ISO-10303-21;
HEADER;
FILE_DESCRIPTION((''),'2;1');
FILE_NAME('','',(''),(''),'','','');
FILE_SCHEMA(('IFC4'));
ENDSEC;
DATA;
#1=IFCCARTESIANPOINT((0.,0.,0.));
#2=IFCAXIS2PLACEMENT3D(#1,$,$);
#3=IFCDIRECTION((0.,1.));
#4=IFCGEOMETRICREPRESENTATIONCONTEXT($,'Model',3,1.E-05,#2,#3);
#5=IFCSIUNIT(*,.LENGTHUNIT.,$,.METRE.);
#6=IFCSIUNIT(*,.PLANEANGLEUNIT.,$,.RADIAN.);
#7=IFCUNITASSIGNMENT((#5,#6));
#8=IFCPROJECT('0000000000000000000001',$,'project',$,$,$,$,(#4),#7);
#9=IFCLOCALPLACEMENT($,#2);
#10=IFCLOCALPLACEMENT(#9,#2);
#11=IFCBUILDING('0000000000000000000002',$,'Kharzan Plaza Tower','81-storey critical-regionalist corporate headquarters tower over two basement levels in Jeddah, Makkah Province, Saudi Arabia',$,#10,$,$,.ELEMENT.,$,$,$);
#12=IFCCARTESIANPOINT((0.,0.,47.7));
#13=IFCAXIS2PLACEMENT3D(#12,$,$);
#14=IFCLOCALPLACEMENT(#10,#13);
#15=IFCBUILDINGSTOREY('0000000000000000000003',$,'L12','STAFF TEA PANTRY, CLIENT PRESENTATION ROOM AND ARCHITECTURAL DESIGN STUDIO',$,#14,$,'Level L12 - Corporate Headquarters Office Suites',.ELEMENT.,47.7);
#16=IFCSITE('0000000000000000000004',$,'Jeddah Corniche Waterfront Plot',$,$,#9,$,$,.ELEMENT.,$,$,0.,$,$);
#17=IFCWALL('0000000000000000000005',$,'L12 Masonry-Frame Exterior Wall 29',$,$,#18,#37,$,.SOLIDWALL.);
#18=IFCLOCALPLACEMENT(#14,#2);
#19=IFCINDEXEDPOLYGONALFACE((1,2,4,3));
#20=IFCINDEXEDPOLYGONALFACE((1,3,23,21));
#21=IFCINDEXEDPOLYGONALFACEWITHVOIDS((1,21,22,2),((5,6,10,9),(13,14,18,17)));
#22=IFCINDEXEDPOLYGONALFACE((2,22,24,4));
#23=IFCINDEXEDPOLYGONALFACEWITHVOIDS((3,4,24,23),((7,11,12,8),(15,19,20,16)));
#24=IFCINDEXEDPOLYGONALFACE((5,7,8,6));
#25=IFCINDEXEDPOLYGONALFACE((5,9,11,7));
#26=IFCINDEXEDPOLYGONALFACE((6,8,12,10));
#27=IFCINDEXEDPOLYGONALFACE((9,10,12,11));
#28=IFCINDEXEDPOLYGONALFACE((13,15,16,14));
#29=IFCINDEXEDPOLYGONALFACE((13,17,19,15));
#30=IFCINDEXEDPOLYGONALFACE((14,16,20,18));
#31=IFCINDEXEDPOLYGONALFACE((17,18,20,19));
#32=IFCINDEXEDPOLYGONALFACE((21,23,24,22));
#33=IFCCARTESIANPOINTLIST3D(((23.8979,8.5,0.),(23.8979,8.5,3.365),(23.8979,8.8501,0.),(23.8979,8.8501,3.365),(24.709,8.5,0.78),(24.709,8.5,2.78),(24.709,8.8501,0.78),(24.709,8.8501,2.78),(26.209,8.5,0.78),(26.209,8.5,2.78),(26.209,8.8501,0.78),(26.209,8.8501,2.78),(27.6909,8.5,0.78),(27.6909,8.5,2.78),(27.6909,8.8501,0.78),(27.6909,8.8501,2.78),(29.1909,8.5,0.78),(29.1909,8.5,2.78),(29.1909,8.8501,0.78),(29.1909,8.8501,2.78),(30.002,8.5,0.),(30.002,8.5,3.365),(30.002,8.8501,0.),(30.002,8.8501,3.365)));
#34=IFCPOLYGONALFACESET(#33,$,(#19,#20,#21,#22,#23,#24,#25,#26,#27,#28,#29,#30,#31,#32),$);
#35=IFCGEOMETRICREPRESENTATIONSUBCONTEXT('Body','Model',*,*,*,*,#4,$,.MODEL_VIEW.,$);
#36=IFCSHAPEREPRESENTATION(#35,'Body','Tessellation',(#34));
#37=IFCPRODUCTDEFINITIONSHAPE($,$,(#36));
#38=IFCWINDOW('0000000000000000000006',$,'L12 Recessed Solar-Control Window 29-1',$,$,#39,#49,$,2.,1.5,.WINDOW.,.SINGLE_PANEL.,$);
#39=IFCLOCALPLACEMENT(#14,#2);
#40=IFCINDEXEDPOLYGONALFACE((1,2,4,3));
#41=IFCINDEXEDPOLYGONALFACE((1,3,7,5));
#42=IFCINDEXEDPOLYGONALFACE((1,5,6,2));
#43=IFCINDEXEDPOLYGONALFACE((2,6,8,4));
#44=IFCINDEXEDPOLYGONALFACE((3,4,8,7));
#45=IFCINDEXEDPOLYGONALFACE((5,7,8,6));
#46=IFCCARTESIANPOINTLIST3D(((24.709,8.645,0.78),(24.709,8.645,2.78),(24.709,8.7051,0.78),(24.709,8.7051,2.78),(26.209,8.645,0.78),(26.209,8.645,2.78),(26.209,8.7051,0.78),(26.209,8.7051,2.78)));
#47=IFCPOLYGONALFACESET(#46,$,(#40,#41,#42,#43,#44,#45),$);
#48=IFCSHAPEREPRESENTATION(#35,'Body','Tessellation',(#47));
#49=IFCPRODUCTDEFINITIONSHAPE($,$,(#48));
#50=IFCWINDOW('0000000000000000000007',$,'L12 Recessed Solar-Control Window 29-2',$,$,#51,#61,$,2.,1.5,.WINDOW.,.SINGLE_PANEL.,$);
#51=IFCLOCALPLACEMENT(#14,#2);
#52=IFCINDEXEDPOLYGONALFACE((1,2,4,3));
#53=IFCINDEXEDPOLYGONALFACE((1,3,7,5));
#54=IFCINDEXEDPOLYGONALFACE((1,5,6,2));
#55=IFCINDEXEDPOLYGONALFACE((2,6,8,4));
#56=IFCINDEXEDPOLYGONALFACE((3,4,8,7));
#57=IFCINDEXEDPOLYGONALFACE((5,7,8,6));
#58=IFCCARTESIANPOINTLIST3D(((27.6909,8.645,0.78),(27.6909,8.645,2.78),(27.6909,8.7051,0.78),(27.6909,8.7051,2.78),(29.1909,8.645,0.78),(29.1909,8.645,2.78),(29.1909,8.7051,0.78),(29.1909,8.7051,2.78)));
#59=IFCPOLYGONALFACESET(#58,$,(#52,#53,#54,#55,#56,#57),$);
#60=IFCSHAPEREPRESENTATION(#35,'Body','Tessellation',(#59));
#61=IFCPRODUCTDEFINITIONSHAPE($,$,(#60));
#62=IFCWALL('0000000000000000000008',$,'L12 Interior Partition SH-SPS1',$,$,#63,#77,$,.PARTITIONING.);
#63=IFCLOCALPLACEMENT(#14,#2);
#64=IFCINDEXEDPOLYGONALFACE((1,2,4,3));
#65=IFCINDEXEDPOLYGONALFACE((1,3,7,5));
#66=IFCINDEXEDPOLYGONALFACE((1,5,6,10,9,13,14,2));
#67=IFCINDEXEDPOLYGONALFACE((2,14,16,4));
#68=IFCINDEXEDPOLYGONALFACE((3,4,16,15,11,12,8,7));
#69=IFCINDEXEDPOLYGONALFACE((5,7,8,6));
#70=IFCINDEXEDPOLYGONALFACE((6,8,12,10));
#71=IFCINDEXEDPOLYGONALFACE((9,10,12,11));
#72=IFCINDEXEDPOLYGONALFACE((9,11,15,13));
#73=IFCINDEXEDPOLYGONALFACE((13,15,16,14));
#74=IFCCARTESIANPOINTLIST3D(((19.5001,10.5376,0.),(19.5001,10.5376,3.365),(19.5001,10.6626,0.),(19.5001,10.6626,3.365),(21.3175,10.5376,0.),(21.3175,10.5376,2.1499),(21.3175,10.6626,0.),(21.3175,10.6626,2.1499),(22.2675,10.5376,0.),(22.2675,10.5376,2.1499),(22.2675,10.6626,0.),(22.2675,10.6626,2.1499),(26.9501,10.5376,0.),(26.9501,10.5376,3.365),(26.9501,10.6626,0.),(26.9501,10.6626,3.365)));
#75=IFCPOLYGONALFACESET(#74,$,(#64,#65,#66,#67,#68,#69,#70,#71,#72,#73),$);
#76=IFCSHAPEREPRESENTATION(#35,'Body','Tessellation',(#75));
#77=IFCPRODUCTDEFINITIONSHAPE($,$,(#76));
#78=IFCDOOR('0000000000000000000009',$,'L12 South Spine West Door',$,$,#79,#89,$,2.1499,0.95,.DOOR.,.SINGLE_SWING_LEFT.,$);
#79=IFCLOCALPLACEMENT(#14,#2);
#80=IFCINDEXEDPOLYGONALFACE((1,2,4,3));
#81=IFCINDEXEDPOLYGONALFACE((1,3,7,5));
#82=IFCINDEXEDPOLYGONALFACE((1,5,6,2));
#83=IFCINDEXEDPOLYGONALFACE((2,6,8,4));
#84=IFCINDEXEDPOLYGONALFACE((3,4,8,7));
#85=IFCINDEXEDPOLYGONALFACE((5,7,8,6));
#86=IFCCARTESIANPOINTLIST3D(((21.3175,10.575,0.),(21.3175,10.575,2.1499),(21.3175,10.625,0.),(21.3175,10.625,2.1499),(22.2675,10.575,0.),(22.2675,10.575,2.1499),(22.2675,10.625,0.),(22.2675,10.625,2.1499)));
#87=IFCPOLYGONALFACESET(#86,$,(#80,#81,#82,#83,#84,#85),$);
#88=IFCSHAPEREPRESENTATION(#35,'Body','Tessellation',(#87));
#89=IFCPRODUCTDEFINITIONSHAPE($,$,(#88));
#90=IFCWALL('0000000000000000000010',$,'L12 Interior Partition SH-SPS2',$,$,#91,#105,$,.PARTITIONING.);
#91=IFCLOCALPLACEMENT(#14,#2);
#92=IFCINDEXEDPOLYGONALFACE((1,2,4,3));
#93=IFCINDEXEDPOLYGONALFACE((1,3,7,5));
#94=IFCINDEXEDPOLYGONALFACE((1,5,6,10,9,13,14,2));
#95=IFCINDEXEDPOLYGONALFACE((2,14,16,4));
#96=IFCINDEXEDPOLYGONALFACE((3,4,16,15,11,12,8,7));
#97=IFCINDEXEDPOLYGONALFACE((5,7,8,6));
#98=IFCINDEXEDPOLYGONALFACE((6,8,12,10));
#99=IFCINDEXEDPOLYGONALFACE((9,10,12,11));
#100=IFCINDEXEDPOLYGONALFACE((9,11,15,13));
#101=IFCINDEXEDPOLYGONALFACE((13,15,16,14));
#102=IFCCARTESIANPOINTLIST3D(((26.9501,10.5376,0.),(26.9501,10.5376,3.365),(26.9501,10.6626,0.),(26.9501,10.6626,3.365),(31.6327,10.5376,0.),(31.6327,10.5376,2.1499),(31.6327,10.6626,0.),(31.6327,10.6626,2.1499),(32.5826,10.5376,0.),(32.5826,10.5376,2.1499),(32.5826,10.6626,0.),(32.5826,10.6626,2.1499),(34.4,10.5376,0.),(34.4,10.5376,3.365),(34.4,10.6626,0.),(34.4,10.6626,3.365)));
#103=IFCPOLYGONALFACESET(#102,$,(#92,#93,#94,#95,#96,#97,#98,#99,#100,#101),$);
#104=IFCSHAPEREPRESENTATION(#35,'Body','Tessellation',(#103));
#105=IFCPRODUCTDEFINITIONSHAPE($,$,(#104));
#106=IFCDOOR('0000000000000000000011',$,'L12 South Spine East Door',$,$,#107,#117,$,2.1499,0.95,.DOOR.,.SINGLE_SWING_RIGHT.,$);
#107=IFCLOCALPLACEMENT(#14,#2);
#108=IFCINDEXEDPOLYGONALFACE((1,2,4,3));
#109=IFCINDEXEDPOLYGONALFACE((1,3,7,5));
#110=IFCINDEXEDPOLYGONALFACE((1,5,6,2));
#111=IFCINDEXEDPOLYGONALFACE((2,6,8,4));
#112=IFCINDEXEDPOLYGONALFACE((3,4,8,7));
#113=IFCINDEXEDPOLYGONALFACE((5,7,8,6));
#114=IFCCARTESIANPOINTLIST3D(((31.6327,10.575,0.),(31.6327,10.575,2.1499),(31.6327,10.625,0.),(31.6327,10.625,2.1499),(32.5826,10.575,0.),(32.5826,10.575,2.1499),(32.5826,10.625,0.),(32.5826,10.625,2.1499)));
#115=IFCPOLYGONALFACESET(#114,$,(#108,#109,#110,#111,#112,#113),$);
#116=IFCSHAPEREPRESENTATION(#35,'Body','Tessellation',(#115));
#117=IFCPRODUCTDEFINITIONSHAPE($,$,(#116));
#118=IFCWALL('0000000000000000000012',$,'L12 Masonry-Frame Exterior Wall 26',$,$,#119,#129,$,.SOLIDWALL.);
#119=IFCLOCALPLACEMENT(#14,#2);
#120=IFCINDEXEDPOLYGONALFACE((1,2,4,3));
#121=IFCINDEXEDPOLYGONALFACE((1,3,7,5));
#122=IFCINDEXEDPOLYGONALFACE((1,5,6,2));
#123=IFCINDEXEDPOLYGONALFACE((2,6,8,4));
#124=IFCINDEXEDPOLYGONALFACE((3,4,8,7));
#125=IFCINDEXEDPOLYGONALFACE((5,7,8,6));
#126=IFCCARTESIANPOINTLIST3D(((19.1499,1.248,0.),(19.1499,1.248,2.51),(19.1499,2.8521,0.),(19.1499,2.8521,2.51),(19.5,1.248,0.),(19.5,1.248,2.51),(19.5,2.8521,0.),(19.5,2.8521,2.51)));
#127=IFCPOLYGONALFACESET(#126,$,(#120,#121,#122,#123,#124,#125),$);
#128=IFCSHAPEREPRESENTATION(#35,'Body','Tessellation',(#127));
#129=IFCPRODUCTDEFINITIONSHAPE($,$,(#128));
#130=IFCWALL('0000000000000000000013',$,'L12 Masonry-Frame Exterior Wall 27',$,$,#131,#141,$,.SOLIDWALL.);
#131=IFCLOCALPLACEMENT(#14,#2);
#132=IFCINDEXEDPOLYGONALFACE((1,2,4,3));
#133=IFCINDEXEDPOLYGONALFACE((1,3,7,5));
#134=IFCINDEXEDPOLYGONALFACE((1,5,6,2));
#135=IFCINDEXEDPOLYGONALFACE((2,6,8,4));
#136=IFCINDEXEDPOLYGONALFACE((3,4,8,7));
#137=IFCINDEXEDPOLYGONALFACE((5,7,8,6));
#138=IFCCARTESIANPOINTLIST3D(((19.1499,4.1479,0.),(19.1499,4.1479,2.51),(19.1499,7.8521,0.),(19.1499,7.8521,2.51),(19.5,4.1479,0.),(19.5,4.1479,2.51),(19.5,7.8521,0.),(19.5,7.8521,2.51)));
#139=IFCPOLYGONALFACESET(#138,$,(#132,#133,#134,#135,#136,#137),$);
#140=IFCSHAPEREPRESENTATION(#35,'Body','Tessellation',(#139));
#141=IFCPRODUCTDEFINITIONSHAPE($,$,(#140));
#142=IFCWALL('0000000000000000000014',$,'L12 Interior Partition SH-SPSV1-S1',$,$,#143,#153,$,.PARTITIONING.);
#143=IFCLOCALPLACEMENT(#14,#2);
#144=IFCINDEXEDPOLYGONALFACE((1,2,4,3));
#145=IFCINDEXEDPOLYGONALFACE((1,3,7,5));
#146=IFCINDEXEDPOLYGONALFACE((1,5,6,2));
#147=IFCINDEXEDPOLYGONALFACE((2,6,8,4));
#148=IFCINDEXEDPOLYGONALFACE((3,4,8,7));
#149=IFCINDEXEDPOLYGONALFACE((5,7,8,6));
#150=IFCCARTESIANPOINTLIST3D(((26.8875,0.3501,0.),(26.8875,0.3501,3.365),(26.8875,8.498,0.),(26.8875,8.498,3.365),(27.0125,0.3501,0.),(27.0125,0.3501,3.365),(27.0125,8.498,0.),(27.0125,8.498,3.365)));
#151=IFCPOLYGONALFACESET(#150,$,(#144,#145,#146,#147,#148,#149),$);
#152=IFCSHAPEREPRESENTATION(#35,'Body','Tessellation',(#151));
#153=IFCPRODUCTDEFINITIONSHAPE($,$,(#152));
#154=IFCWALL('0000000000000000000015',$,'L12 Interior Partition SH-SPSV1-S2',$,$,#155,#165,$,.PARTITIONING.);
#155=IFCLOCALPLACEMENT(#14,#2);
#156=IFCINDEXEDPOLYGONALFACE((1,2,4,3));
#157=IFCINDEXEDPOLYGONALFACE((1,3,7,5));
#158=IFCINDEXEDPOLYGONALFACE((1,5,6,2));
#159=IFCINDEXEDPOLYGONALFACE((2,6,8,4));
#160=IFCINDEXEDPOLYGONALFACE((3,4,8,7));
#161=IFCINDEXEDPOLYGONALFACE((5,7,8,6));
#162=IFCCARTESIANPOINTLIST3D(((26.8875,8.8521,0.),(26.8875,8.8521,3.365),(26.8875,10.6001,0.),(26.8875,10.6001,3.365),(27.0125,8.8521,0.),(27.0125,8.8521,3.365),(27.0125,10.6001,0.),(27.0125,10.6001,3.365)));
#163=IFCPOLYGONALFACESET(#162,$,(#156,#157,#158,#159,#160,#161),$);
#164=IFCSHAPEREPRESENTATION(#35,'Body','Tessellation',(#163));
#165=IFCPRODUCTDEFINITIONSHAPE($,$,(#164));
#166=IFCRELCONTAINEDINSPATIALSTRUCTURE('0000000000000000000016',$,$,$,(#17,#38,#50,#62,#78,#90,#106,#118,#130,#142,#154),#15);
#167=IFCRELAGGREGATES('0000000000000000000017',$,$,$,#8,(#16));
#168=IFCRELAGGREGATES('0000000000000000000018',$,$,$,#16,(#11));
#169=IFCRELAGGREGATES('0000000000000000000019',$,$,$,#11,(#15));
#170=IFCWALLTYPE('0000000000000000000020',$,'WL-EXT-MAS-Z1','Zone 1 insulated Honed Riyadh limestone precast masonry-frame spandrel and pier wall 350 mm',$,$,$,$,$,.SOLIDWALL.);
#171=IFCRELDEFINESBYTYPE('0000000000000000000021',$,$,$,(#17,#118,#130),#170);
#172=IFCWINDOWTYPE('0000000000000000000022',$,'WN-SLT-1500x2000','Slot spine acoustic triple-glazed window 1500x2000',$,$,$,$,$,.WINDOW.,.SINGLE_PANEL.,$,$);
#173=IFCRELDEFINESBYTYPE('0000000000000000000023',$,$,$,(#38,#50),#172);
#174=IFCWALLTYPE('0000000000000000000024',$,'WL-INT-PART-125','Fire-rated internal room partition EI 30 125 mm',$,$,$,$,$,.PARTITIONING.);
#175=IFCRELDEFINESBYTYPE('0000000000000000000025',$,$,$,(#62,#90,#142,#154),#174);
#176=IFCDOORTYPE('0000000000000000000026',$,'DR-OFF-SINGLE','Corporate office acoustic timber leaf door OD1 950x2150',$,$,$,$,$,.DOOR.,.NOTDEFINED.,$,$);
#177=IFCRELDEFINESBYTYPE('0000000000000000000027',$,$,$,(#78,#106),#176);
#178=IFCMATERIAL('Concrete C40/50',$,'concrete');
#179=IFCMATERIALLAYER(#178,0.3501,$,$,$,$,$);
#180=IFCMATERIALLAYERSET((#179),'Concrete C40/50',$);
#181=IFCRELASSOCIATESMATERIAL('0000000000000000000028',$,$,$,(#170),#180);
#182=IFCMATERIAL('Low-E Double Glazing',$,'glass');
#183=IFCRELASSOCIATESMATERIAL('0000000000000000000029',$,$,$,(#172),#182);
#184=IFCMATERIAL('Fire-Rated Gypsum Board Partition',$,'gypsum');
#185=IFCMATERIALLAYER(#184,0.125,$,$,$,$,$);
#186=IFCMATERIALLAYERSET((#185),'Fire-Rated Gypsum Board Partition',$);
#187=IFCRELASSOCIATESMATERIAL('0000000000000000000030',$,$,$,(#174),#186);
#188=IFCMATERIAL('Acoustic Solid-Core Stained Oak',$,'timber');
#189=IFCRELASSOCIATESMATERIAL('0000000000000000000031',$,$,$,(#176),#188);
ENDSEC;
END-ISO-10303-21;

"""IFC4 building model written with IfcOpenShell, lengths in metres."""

from ifc_helpers import new_model, si_unit, direction, frame, frame_2d, origin, place, context, subcontext, project, spatial, rectangle, extrude, source, transform, mapped, material, layer, layer_set, type_object, element, fill, save


model = new_model("IFC4")

# Units and contexts
model_context = context("Model", 3, precision=1e-05, world=origin(), true_north=direction((0.0, 1.0)))
body_context = subcontext(model_context, "Body", "Model", "MODEL_VIEW")
ifc_project = project(units=[si_unit("LENGTHUNIT", "METRE"), si_unit("PLANEANGLEUNIT", "RADIAN")], contexts=[model_context])

# Site, building, storey
site_placement = place(None, origin())
site = spatial("IfcSite", under=ifc_project, at=site_placement, Name="Jeddah Corniche Waterfront Plot", CompositionType="ELEMENT", RefElevation=0.0)
building_placement = place(site_placement, origin())
building = spatial("IfcBuilding", under=site, at=building_placement, Name="Kharzan Plaza Tower", Description="81-storey critical-regionalist corporate headquarters tower over two basement levels in Jeddah, Makkah Province, Saudi Arabia", CompositionType="ELEMENT")
storey_placement = place(building_placement, frame((0.0, 0.0, 47.7)))
storey = spatial("IfcBuildingStorey", under=building, at=storey_placement, Name="L12", Description="STAFF TEA PANTRY, CLIENT PRESENTATION ROOM AND ARCHITECTURAL DESIGN STUDIO", LongName="Level L12 - Corporate Headquarters Office Suites", CompositionType="ELEMENT", Elevation=47.7)

# Shared definitions
ifc_material_1 = material(Name="Concrete C40/50", Category="concrete")
ifc_layer_1 = layer(ifc_material_1, 0.3501)
ifc_layer_set_1 = layer_set([ifc_layer_1], Name="Concrete C40/50")
wall_type_1 = type_object("IfcWallType", Name="WL-EXT-MAS-Z1", Description="Zone 1 insulated Honed Riyadh limestone precast masonry-frame spandrel and pier wall 350 mm", PredefinedType="SOLIDWALL", material=ifc_layer_set_1)
ifc_material_2 = material(Name="Low-E Double Glazing", Category="glass")
window_type = type_object("IfcWindowType", Name="WN-SLT-1500x2000", Description="Slot spine acoustic triple-glazed window 1500x2000", PartitioningType="SINGLE_PANEL", PredefinedType="WINDOW", material=ifc_material_2)
shared_shape_1 = source(origin(), body_context, "Body", "SweptSolid", [
    extrude(rectangle(XDim=1.5, YDim=2.0, at=frame_2d((0.75, 1.0))), frame((0.0, 0.03, 0.0), z_axis=(0.0, -1.0, 0.0), x_axis=(1.0, 0.0, 0.0)), (0.0, 0.0, 1.0), 0.0601),
])

# Wall, openings, windows
wall_1_placement = place(storey_placement, frame((23.8979, 8.675, 0.0), z_axis=(0.0, 0.0, 1.0), x_axis=(1.0, 0.0, 0.0)))
wall_1 = element("IfcWall", 1, at=wall_1_placement, inside=storey, type_object=wall_type_1, Name="L12 Masonry-Frame Exterior Wall 29", PredefinedType="SOLIDWALL", context=body_context, shape_type="SweptSolid", body=[
    extrude(rectangle(XDim=6.104, YDim=0.3501, at=frame_2d((3.052, 0.0))), origin(), (0.0, 0.0, 1.0), 3.365),
])
opening_1_placement = place(wall_1_placement, frame((0.811, 0.0, 0.78)))
opening_1 = element("IfcOpeningElement", 2, at=opening_1_placement, cuts=wall_1, PredefinedType="OPENING", context=body_context, shape_type="SweptSolid", body=[
    extrude(rectangle(XDim=1.5, YDim=2.0, at=frame_2d((0.75, 1.0))), frame((0.0, 0.1851, 0.0), z_axis=(0.0, -1.0, 0.0), x_axis=(1.0, 0.0, 0.0)), (0.0, 0.0, 1.0), 0.3701),
])
opening_2_placement = place(wall_1_placement, frame((3.793, 0.0, 0.78)))
opening_2 = element("IfcOpeningElement", 3, at=opening_2_placement, cuts=wall_1, PredefinedType="OPENING", context=body_context, shape_type="SweptSolid", body=[
    extrude(rectangle(XDim=1.5, YDim=2.0, at=frame_2d((0.75, 1.0))), frame((0.0, 0.1851, 0.0), z_axis=(0.0, -1.0, 0.0), x_axis=(1.0, 0.0, 0.0)), (0.0, 0.0, 1.0), 0.3701),
])
window_1_placement = place(opening_1_placement, origin())
window_1 = element("IfcWindow", 4, at=window_1_placement, inside=storey, type_object=window_type, Name="L12 Recessed Solar-Control Window 29-1", OverallHeight=2.0, OverallWidth=1.5, PartitioningType="SINGLE_PANEL", PredefinedType="WINDOW", context=body_context, shape_type="MappedRepresentation", body=[
    mapped(shared_shape_1, transform((0.0, 0.0, 0.0), x_axis=(1.0, 0.0, 0.0), y_axis=(0.0, 1.0, 0.0), z_axis=(0.0, 0.0, 1.0))),
])
fill(opening_1, window_1)
window_2_placement = place(opening_2_placement, origin())
window_2 = element("IfcWindow", 5, at=window_2_placement, inside=storey, type_object=window_type, Name="L12 Recessed Solar-Control Window 29-2", OverallHeight=2.0, OverallWidth=1.5, PartitioningType="SINGLE_PANEL", PredefinedType="WINDOW", context=body_context, shape_type="MappedRepresentation", body=[
    mapped(shared_shape_1, transform((0.0, 0.0, 0.0), x_axis=(1.0, 0.0, 0.0), y_axis=(0.0, 1.0, 0.0), z_axis=(0.0, 0.0, 1.0))),
])
fill(opening_2, window_2)

# Walls, openings, doors
ifc_material_3 = material(Name="Fire-Rated Gypsum Board Partition", Category="gypsum")
ifc_layer_2 = layer(ifc_material_3, 0.125)
ifc_layer_set_2 = layer_set([ifc_layer_2], Name="Fire-Rated Gypsum Board Partition")
wall_type_2 = type_object("IfcWallType", Name="WL-INT-PART-125", Description="Fire-rated internal room partition EI 30 125 mm", PredefinedType="PARTITIONING", material=ifc_layer_set_2)
wall_2_placement = place(storey_placement, frame((19.5, 10.6001, 0.0), z_axis=(0.0, 0.0, 1.0), x_axis=(1.0, 0.0, 0.0)))
wall_2 = element("IfcWall", 6, at=wall_2_placement, inside=storey, type_object=wall_type_2, Name="L12 Interior Partition SH-SPS1", PredefinedType="PARTITIONING", context=body_context, shape_type="SweptSolid", body=[
    extrude(rectangle(XDim=7.45, YDim=0.125, at=frame_2d((3.7251, 0.0))), origin(), (0.0, 0.0, 1.0), 3.365),
])
opening_3_placement = place(wall_2_placement, frame((1.8174, 0.0, 0.0)))
opening_3 = element("IfcOpeningElement", 7, at=opening_3_placement, cuts=wall_2, PredefinedType="OPENING", context=body_context, shape_type="SweptSolid", body=[
    extrude(rectangle(XDim=0.95, YDim=2.1499, at=frame_2d((0.4751, 1.075))), frame((0.0, 0.0725, 0.0), z_axis=(0.0, -1.0, 0.0), x_axis=(1.0, 0.0, 0.0)), (0.0, 0.0, 1.0), 0.145),
])
ifc_material_4 = material(Name="Acoustic Solid-Core Stained Oak", Category="timber")
door_type = type_object("IfcDoorType", Name="DR-OFF-SINGLE", Description="Corporate office acoustic timber leaf door OD1 950x2150", OperationType="NOTDEFINED", PredefinedType="DOOR", material=ifc_material_4)
shared_shape_2 = source(origin(), body_context, "Body", "SweptSolid", [
    extrude(rectangle(XDim=0.95, YDim=2.1499, at=frame_2d((0.4751, 1.075))), frame((0.0, 0.0249, 0.0), z_axis=(0.0, -1.0, 0.0), x_axis=(1.0, 0.0, 0.0)), (0.0, 0.0, 1.0), 0.05),
])
door_1_placement = place(opening_3_placement, origin())
door_1 = element("IfcDoor", 8, at=door_1_placement, inside=storey, type_object=door_type, Name="L12 South Spine West Door", OperationType="SINGLE_SWING_LEFT", OverallHeight=2.1499, OverallWidth=0.95, PredefinedType="DOOR", context=body_context, shape_type="MappedRepresentation", body=[
    mapped(shared_shape_2, transform((0.0, 0.0, 0.0), x_axis=(1.0, 0.0, 0.0), y_axis=(0.0, 1.0, 0.0), z_axis=(0.0, 0.0, 1.0))),
])
fill(opening_3, door_1)
wall_3_placement = place(storey_placement, frame((26.95, 10.6001, 0.0), z_axis=(0.0, 0.0, 1.0), x_axis=(1.0, 0.0, 0.0)))
wall_3 = element("IfcWall", 9, at=wall_3_placement, inside=storey, type_object=wall_type_2, Name="L12 Interior Partition SH-SPS2", PredefinedType="PARTITIONING", context=body_context, shape_type="SweptSolid", body=[
    extrude(rectangle(XDim=7.45, YDim=0.125, at=frame_2d((3.7251, 0.0))), origin(), (0.0, 0.0, 1.0), 3.365),
])
opening_4_placement = place(wall_3_placement, frame((4.6826, 0.0, 0.0)))
opening_4 = element("IfcOpeningElement", 10, at=opening_4_placement, cuts=wall_3, PredefinedType="OPENING", context=body_context, shape_type="SweptSolid", body=[
    extrude(rectangle(XDim=0.95, YDim=2.1499, at=frame_2d((0.4751, 1.075))), frame((0.0, 0.0725, 0.0), z_axis=(0.0, -1.0, 0.0), x_axis=(1.0, 0.0, 0.0)), (0.0, 0.0, 1.0), 0.145),
])
door_2_placement = place(opening_4_placement, origin())
door_2 = element("IfcDoor", 11, at=door_2_placement, inside=storey, type_object=door_type, Name="L12 South Spine East Door", OperationType="SINGLE_SWING_RIGHT", OverallHeight=2.1499, OverallWidth=0.95, PredefinedType="DOOR", context=body_context, shape_type="MappedRepresentation", body=[
    mapped(shared_shape_2, transform((0.0, 0.0, 0.0), x_axis=(1.0, 0.0, 0.0), y_axis=(0.0, 1.0, 0.0), z_axis=(0.0, 0.0, 1.0))),
])
fill(opening_4, door_2)

# Walls
shared_shape_3 = source(origin(), body_context, "Body", "SweptSolid", [
    extrude(rectangle(XDim=1.604, YDim=0.3501, at=frame_2d((0.802, 0.0))), origin(), (0.0, 0.0, 1.0), 2.51),
])
wall_4_placement = place(storey_placement, frame((19.325, 1.248, 0.0), z_axis=(0.0, 0.0, 1.0), x_axis=(0.0, 1.0, 0.0)))
element("IfcWall", 12, at=wall_4_placement, inside=storey, type_object=wall_type_1, Name="L12 Masonry-Frame Exterior Wall 26", PredefinedType="SOLIDWALL", context=body_context, shape_type="MappedRepresentation", body=[
    mapped(shared_shape_3, transform((0.0, 0.0, 0.0), x_axis=(1.0, 0.0, 0.0), y_axis=(0.0, 1.0, 0.0), z_axis=(0.0, 0.0, 1.0))),
])
shared_shape_4 = source(origin(), body_context, "Body", "SweptSolid", [
    extrude(rectangle(XDim=3.7041, YDim=0.3501, at=frame_2d((1.8521, 0.0))), origin(), (0.0, 0.0, 1.0), 2.51),
])
wall_5_placement = place(storey_placement, frame((19.325, 4.1479, 0.0), z_axis=(0.0, 0.0, 1.0), x_axis=(0.0, 1.0, 0.0)))
element("IfcWall", 13, at=wall_5_placement, inside=storey, type_object=wall_type_1, Name="L12 Masonry-Frame Exterior Wall 27", PredefinedType="SOLIDWALL", context=body_context, shape_type="MappedRepresentation", body=[
    mapped(shared_shape_4, transform((0.0, 0.0, 0.0), x_axis=(1.0, 0.0, 0.0), y_axis=(0.0, 1.0, 0.0), z_axis=(0.0, 0.0, 1.0))),
])
shared_shape_5 = source(origin(), body_context, "Body", "SweptSolid", [
    extrude(rectangle(XDim=8.1479, YDim=0.125, at=frame_2d((4.074, 0.0))), origin(), (0.0, 0.0, 1.0), 3.365),
])
wall_6_placement = place(storey_placement, frame((26.95, 0.3501, 0.0), z_axis=(0.0, 0.0, 1.0), x_axis=(0.0, 1.0, 0.0)))
element("IfcWall", 14, at=wall_6_placement, inside=storey, type_object=wall_type_2, Name="L12 Interior Partition SH-SPSV1-S1", PredefinedType="PARTITIONING", context=body_context, shape_type="MappedRepresentation", body=[
    mapped(shared_shape_5, transform((0.0, 0.0, 0.0), x_axis=(1.0, 0.0, 0.0), y_axis=(0.0, 1.0, 0.0), z_axis=(0.0, 0.0, 1.0))),
])
shared_shape_6 = source(origin(), body_context, "Body", "SweptSolid", [
    extrude(rectangle(XDim=1.748, YDim=0.125, at=frame_2d((0.874, 0.0))), origin(), (0.0, 0.0, 1.0), 3.365),
])
wall_7_placement = place(storey_placement, frame((26.95, 8.8521, 0.0), z_axis=(0.0, 0.0, 1.0), x_axis=(0.0, 1.0, 0.0)))
element("IfcWall", 15, at=wall_7_placement, inside=storey, type_object=wall_type_2, Name="L12 Interior Partition SH-SPSV1-S2", PredefinedType="PARTITIONING", context=body_context, shape_type="MappedRepresentation", body=[
    mapped(shared_shape_6, transform((0.0, 0.0, 0.0), x_axis=(1.0, 0.0, 0.0), y_axis=(0.0, 1.0, 0.0), z_axis=(0.0, 0.0, 1.0))),
])

save(model, "model.ifc")
